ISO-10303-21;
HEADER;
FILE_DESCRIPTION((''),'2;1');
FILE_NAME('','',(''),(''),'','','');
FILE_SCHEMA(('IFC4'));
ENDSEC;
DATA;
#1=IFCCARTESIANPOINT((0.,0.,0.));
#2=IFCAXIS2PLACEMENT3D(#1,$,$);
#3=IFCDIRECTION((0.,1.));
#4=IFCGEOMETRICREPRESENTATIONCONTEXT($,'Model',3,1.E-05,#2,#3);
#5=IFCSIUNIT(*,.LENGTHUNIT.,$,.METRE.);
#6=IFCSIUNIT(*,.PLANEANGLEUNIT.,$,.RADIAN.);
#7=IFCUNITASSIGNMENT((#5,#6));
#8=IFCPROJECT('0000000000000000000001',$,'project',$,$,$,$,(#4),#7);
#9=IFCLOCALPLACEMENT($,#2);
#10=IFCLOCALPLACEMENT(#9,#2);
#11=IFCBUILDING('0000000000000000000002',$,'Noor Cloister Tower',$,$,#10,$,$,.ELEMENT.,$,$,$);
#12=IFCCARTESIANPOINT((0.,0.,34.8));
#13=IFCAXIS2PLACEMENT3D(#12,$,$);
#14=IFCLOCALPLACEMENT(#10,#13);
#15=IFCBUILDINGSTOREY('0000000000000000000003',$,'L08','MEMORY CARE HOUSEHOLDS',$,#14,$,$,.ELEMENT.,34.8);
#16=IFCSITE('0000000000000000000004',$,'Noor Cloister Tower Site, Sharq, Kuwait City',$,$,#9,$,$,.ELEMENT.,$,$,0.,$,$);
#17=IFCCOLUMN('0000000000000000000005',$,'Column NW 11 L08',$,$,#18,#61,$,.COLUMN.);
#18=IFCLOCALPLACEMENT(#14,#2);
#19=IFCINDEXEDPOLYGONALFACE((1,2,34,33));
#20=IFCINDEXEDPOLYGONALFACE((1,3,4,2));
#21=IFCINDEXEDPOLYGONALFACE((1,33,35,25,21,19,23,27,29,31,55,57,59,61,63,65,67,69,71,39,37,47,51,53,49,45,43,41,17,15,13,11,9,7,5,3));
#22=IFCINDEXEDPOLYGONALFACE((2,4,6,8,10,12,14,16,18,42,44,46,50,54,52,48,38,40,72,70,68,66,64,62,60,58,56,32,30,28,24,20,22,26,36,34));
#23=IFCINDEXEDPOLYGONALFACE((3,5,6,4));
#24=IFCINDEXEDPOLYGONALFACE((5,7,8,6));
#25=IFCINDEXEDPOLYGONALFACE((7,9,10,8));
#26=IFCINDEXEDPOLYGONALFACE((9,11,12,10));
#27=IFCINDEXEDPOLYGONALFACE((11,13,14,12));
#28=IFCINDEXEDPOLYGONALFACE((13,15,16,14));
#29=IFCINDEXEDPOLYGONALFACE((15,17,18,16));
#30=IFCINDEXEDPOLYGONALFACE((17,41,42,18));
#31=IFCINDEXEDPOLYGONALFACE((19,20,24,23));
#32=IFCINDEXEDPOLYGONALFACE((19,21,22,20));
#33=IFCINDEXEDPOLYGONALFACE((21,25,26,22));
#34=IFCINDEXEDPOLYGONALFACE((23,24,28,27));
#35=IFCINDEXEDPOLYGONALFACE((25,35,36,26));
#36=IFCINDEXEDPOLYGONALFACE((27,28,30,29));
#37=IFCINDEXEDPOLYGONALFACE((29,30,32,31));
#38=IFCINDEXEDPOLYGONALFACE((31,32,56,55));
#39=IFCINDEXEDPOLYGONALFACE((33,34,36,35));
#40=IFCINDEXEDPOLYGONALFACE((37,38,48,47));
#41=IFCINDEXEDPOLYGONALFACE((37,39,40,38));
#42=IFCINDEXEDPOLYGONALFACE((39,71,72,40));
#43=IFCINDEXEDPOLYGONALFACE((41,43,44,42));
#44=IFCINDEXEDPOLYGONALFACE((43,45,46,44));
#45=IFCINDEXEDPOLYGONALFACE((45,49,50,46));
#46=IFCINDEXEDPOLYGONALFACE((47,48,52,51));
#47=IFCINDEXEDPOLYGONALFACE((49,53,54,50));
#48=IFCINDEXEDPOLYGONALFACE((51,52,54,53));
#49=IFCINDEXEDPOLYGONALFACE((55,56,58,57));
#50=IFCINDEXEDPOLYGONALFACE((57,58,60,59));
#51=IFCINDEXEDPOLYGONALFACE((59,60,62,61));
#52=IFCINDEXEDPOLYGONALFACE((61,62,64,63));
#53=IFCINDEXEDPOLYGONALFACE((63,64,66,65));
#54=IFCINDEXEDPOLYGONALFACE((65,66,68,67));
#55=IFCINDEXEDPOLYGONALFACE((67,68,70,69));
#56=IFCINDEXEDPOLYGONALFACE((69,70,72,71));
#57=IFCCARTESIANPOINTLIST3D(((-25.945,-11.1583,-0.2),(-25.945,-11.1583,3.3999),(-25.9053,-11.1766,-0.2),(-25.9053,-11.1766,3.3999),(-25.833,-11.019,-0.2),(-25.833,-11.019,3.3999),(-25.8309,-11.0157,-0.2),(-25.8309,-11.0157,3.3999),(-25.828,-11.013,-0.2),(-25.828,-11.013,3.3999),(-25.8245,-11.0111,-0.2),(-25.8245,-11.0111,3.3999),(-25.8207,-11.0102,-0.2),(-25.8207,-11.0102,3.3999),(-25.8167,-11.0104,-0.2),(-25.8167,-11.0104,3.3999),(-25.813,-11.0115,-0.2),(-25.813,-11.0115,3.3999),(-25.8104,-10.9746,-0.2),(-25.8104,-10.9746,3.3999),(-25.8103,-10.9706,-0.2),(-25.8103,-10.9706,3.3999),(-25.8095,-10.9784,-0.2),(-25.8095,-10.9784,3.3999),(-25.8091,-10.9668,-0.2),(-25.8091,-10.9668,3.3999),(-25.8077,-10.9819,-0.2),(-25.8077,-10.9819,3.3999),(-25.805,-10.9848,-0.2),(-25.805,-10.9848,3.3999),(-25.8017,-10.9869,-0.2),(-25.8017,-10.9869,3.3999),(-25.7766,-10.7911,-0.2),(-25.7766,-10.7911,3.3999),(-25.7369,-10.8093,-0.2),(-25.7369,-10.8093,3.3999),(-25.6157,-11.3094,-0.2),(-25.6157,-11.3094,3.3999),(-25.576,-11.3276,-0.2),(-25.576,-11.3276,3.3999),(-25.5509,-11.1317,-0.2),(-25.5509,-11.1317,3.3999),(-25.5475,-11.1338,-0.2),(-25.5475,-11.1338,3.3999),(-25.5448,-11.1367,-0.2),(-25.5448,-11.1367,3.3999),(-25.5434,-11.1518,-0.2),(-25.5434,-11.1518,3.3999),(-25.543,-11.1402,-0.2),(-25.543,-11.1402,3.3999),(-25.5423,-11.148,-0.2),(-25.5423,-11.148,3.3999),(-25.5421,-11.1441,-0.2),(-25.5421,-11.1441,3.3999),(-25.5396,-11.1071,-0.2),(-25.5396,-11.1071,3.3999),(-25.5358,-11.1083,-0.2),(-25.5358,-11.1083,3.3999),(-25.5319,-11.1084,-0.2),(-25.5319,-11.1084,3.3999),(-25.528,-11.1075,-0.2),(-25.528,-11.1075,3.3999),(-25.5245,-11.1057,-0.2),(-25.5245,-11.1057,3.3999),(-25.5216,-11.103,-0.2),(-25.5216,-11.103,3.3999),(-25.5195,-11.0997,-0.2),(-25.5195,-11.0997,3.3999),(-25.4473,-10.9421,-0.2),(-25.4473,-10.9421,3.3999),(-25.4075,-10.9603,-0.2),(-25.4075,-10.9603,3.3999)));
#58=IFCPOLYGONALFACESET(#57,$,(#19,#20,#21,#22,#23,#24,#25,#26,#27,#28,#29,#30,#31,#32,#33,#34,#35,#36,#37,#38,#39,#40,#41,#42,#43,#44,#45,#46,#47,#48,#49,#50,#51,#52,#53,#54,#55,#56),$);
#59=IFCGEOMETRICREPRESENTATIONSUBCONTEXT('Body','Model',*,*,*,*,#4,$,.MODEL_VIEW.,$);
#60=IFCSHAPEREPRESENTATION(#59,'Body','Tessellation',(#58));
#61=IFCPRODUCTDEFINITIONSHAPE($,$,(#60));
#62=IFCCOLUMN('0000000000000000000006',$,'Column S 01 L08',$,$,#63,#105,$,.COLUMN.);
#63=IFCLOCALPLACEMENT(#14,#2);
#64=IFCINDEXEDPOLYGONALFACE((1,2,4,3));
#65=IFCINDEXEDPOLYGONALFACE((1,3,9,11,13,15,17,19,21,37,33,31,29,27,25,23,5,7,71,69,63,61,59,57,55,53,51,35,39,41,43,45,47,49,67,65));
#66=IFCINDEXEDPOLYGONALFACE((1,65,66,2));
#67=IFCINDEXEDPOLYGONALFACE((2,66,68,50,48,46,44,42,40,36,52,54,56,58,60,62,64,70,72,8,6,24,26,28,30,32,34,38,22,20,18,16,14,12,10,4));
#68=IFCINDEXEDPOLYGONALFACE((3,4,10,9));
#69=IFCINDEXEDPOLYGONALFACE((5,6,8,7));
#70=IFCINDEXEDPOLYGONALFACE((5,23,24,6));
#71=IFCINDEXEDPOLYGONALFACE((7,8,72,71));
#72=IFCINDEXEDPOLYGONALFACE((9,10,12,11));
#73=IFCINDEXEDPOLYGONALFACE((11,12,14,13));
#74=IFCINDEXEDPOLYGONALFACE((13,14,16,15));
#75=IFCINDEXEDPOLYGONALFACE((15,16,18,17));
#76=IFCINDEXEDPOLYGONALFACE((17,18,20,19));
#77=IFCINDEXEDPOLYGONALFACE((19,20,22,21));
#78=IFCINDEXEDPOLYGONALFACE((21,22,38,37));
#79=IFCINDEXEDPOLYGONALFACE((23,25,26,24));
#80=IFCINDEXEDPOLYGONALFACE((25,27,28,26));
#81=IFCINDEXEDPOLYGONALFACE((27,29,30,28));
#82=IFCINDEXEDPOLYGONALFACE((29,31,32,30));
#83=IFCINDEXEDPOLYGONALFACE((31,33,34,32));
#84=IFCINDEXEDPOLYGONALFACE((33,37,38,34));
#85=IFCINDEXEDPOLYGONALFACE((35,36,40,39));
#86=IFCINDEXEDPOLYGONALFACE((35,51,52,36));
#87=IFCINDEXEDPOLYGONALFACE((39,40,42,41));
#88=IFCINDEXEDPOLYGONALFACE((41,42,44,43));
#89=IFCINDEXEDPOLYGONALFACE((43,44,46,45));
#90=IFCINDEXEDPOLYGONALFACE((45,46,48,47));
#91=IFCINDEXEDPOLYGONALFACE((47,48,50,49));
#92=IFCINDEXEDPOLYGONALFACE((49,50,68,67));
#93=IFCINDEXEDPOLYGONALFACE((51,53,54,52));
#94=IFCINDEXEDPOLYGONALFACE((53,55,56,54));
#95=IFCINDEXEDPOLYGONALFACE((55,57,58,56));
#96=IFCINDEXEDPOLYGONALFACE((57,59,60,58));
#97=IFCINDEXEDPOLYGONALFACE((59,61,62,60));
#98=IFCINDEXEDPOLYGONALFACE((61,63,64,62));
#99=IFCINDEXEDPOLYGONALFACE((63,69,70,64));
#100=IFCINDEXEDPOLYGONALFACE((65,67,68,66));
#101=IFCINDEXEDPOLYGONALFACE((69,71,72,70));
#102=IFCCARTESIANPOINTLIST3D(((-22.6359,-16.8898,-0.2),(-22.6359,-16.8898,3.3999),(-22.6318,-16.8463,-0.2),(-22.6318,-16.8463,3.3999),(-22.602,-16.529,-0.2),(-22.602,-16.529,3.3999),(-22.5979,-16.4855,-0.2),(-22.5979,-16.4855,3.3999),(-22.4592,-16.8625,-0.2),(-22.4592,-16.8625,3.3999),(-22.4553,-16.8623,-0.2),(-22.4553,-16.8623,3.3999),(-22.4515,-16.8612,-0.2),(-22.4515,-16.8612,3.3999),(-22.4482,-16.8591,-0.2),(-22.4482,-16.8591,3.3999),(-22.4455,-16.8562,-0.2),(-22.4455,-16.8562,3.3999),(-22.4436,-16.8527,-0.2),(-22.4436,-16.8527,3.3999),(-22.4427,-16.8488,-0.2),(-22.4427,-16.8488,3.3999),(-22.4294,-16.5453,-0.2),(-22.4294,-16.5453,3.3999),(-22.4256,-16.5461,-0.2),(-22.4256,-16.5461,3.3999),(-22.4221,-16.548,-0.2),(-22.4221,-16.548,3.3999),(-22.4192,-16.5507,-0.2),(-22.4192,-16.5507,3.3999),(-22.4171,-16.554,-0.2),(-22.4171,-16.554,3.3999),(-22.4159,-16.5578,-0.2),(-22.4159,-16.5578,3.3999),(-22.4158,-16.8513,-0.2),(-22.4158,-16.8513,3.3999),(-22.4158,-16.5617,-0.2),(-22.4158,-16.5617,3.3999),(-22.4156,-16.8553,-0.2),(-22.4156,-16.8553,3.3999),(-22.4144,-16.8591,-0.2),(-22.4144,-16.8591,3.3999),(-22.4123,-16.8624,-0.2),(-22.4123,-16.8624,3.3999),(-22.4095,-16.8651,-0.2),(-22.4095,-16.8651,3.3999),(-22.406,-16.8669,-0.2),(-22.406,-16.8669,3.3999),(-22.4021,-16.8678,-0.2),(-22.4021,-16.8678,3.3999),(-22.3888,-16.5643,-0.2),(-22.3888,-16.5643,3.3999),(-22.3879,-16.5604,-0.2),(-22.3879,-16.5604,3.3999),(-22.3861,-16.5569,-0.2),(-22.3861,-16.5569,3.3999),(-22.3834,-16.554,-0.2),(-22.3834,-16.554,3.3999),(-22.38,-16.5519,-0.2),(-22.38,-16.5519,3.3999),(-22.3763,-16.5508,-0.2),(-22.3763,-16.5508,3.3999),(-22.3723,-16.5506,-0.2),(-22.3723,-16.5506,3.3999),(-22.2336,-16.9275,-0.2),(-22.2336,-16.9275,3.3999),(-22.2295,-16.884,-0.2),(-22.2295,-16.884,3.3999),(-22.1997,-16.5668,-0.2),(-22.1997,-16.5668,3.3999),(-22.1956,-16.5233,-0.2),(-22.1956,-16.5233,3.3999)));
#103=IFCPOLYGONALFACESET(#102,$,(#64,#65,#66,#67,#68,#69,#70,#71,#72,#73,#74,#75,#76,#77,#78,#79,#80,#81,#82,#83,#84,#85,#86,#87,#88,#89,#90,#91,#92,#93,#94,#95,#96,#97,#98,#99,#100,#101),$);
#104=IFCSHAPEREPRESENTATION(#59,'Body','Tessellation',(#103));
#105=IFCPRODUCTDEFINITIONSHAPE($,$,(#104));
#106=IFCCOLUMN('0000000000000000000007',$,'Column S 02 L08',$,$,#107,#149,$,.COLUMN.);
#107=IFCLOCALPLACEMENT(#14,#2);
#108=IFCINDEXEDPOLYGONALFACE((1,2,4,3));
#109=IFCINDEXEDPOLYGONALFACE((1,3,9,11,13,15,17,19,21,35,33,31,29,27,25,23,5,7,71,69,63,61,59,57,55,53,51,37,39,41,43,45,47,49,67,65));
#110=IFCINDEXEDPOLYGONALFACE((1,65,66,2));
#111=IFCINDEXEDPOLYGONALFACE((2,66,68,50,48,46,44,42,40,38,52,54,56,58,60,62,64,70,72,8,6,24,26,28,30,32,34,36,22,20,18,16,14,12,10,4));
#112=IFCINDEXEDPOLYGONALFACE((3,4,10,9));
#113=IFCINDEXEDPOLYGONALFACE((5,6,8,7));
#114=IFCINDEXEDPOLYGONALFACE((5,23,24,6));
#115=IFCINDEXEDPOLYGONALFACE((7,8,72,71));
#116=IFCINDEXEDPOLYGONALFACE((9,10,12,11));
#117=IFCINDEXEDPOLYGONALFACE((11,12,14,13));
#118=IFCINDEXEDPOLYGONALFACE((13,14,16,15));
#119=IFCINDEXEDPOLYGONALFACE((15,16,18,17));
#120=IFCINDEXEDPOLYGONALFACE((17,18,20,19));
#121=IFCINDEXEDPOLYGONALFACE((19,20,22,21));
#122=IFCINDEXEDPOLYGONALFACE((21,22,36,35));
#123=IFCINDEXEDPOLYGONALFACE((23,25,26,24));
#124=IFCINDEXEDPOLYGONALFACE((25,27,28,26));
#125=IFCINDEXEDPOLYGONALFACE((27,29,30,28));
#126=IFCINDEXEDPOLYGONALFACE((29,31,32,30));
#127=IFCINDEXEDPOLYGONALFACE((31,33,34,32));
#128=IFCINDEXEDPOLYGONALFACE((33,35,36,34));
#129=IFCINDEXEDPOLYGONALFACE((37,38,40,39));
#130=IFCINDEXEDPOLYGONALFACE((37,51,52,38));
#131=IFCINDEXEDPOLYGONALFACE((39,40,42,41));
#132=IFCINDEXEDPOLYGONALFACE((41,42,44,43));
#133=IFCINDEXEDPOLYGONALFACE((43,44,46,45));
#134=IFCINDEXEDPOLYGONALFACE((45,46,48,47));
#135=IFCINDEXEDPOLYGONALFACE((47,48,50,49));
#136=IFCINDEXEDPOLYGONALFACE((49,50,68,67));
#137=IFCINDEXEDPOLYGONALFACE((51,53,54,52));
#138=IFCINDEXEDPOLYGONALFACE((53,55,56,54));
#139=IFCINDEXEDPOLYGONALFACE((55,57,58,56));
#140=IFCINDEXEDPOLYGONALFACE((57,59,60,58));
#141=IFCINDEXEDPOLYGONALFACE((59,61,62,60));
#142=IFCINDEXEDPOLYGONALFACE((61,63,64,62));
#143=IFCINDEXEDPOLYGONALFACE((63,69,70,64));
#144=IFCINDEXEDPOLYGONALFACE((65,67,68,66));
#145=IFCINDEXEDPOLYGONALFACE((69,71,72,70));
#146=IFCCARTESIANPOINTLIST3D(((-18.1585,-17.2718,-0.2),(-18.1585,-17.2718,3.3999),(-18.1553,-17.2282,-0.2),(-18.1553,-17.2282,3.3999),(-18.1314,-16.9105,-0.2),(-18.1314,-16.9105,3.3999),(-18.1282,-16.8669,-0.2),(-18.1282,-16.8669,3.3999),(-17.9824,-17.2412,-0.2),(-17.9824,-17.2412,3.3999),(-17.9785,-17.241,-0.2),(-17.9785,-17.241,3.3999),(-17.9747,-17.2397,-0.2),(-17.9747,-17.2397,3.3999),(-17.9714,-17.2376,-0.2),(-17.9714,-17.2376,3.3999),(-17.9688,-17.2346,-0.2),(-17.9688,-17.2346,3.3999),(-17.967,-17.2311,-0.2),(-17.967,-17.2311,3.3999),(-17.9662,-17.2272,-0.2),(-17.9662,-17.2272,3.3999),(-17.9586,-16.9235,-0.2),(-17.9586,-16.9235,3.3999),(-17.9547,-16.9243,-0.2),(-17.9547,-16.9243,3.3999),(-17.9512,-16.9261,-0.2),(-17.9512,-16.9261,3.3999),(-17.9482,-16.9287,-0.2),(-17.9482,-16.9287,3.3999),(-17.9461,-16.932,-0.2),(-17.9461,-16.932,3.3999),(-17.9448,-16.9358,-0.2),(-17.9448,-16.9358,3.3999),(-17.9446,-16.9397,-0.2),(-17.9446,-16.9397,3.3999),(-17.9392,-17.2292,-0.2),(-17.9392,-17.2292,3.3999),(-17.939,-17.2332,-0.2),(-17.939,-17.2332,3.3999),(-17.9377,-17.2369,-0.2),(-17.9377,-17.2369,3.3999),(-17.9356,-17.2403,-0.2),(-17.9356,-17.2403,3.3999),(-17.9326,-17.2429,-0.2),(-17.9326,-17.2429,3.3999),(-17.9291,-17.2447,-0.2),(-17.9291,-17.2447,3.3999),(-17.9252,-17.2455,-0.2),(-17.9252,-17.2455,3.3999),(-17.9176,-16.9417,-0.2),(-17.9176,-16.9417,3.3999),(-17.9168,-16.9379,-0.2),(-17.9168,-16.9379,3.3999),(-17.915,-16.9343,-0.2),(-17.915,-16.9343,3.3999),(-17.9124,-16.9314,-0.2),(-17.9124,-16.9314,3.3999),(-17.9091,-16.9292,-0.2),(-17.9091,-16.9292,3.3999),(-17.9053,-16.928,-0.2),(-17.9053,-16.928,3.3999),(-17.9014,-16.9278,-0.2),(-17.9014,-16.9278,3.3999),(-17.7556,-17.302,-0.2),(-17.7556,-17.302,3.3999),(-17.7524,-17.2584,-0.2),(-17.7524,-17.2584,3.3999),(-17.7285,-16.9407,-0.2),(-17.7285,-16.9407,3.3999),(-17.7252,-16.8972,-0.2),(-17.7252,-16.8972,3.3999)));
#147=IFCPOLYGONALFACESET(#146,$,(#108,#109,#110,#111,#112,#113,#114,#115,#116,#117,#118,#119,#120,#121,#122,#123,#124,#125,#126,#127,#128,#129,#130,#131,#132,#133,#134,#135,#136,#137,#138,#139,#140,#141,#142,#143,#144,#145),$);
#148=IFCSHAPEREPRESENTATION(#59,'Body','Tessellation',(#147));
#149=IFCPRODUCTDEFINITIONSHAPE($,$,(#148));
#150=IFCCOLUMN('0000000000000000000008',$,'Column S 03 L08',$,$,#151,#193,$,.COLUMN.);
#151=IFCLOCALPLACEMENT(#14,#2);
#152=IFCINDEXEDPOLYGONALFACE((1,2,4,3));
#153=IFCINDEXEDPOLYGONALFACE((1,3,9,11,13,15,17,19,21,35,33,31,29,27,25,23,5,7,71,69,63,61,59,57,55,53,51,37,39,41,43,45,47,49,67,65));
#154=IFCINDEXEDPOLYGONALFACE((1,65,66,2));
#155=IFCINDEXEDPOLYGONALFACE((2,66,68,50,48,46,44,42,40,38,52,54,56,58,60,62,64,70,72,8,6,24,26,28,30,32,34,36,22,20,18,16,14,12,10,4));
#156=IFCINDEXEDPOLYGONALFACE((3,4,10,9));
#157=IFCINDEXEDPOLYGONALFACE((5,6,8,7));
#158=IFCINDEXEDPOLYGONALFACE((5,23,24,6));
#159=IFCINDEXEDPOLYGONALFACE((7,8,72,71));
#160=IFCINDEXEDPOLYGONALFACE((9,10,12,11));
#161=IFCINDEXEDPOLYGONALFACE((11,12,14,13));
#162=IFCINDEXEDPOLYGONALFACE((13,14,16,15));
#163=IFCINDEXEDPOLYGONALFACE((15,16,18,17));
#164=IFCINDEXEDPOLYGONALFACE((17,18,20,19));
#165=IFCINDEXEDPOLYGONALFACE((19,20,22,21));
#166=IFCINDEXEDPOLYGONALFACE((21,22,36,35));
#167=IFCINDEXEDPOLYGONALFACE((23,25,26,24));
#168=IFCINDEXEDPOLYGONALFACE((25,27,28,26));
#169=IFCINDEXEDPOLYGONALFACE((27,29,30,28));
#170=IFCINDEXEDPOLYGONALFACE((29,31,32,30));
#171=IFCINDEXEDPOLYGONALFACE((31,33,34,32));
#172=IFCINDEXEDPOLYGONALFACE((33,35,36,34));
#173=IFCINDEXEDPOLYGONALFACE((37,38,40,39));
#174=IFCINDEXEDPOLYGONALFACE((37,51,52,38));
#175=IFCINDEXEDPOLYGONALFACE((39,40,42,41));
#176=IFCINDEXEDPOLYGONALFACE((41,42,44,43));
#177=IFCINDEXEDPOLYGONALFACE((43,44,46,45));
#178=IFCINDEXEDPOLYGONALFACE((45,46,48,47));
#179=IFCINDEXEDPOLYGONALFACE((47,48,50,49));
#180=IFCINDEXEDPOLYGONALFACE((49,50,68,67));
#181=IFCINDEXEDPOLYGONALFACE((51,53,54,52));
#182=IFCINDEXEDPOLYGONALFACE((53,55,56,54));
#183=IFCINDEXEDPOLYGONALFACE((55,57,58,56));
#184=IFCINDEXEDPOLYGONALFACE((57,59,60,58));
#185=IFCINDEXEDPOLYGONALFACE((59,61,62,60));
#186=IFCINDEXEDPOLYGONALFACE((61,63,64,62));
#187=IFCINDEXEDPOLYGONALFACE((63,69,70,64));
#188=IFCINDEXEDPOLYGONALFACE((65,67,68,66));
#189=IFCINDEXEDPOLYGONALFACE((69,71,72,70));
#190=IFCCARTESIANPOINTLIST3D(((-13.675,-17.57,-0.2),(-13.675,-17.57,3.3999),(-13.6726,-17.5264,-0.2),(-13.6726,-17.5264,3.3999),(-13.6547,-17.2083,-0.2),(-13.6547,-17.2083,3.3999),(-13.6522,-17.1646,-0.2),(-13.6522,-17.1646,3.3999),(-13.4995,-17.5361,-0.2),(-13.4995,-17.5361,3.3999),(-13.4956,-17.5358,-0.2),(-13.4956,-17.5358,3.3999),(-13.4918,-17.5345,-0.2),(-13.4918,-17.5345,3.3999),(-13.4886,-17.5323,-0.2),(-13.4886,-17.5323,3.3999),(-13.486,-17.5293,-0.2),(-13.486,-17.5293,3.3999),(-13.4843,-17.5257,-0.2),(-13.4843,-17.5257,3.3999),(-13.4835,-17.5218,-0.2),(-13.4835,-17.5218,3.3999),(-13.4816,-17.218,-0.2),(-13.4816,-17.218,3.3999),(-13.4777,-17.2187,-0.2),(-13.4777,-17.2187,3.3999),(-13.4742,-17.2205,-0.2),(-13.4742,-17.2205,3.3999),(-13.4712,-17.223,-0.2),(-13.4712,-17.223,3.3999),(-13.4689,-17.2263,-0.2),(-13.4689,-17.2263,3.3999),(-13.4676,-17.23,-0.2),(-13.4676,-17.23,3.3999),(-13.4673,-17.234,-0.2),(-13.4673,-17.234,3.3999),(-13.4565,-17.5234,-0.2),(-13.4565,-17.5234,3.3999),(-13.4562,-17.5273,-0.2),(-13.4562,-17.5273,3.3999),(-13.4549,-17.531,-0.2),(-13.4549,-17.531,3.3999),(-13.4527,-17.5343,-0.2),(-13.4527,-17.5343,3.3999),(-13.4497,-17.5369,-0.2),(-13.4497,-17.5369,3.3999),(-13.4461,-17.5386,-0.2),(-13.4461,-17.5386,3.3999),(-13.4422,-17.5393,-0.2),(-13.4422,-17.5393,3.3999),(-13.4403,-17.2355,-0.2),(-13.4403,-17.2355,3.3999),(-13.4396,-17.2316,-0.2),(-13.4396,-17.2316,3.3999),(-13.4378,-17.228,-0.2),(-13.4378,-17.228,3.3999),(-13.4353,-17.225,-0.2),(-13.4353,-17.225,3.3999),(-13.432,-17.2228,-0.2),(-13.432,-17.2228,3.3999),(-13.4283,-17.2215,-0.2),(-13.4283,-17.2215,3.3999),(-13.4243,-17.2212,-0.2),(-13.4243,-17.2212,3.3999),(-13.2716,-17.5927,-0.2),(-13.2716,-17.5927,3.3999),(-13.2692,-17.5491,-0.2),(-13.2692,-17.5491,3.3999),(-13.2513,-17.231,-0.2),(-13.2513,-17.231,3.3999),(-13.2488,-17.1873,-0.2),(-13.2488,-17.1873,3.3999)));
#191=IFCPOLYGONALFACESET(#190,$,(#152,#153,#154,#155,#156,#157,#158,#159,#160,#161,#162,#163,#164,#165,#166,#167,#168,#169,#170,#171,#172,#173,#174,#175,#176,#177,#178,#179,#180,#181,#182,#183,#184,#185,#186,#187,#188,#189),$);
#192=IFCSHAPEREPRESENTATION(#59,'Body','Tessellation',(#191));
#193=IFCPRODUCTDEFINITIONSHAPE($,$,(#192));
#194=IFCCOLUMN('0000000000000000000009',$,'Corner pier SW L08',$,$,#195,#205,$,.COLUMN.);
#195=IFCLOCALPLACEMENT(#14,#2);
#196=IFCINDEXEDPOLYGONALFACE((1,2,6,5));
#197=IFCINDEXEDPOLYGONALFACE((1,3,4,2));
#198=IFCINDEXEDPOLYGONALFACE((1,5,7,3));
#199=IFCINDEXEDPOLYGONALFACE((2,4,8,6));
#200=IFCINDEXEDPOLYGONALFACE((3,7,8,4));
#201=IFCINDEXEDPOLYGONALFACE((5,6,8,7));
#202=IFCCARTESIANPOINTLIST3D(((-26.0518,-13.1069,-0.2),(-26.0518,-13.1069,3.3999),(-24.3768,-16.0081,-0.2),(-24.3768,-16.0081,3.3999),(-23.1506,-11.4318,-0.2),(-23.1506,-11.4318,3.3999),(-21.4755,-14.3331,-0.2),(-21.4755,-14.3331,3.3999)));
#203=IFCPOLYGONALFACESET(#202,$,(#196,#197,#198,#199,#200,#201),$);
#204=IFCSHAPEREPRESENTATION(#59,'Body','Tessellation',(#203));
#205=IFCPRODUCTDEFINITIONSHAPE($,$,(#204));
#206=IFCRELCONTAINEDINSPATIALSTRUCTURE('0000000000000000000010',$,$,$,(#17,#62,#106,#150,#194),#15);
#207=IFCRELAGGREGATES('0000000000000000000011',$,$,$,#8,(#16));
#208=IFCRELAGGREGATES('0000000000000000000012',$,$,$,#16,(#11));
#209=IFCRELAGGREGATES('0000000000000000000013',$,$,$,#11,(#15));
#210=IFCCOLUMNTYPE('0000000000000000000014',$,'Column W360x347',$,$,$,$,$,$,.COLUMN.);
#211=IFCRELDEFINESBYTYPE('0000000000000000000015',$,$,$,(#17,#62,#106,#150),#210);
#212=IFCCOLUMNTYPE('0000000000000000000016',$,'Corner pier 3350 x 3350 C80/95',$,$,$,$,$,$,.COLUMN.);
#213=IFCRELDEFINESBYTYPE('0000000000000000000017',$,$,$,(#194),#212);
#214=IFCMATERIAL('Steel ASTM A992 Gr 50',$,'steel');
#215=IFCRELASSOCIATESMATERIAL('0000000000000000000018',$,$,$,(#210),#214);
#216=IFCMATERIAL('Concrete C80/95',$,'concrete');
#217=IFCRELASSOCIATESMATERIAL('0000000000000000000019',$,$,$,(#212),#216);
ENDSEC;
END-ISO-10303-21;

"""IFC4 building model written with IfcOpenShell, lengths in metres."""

from ifc_helpers import new_model, si_unit, direction, frame, origin, origin_2d, place, context, subcontext, project, spatial, rectangle, i_section, extrude, material, material_profile, profile_set, type_object, element, save


model = new_model("IFC4")

# Units and contexts
model_context = context("Model", 3, precision=1e-05, world=origin(), true_north=direction((0.0, 1.0)))
body_context = subcontext(model_context, "Body", "Model", "MODEL_VIEW")
ifc_project = project(units=[si_unit("LENGTHUNIT", "METRE"), si_unit("PLANEANGLEUNIT", "RADIAN")], contexts=[model_context])

# Site, building, storey
site_placement = place(None, origin())
site = spatial("IfcSite", under=ifc_project, at=site_placement, Name="Noor Cloister Tower Site, Sharq, Kuwait City", CompositionType="ELEMENT", RefElevation=0.0)
building_placement = place(site_placement, origin())
building = spatial("IfcBuilding", under=site, at=building_placement, Name="Noor Cloister Tower", CompositionType="ELEMENT")
storey_placement = place(building_placement, frame((0.0, 0.0, 34.8)))
storey = spatial("IfcBuildingStorey", under=building, at=storey_placement, Name="L08", Description="MEMORY CARE HOUSEHOLDS", CompositionType="ELEMENT", Elevation=34.8)

# Columns
ifc_material_1 = material(Name="Steel ASTM A992 Gr 50", Category="steel")
ifc_material_profile_1 = material_profile(ifc_material_1, i_section(OverallWidth=0.4041, OverallDepth=0.406, WebThickness=0.0271, FlangeThickness=0.0437, FilletRadius=0.0151, at=origin_2d()), Name="W360x347")
ifc_profile_set_1 = profile_set([ifc_material_profile_1], Name="Steel ASTM A992 Gr 50")
column_type_1 = type_object("IfcColumnType", Name="Column W360x347", PredefinedType="COLUMN", material=ifc_profile_set_1)
for number, where, z_axis, x_axis, name in (
    (1, (-25.6763, -11.0593, -0.2), (0.0, 0.0, 1.0), (-0.416836, -0.908982, 0.0), "Column NW 11 L08"),
    (2, (-22.4158, -16.7065, -0.2), (0.0, 0.0, 1.0), (0.995619, -0.0935, 0.0), "Column S 01 L08"),
    (3, (-17.9419, -17.0845, -0.2), (0.0, 0.0, 1.0), (0.997196, -0.07484, 0.0), "Column S 02 L08"),
    (4, (-13.4619, -17.3787, -0.2), (0.0, 0.0, 1.0), (0.998422, -0.056153, 0.0), "Column S 03 L08"),
):
    element("IfcColumn", number, at=place(storey_placement, frame(where, z_axis=z_axis, x_axis=x_axis)), inside=storey, type_object=column_type_1, Name=name, PredefinedType="COLUMN", context=body_context, shape_type="SweptSolid", body=[
        extrude(i_section(OverallWidth=0.4041, OverallDepth=0.406, WebThickness=0.0271, FlangeThickness=0.0437, FilletRadius=0.0151, at=origin_2d()), origin(), (0.0, 0.0, 1.0), 3.5999),
    ])
ifc_material_2 = material(Name="Concrete C80/95", Category="concrete")
ifc_material_profile_2 = material_profile(ifc_material_2, rectangle(XDim=3.3501, YDim=3.3501, at=origin_2d()), Name="RC 3350x3350")
ifc_profile_set_2 = profile_set([ifc_material_profile_2], Name="Concrete C80/95")
column_type_2 = type_object("IfcColumnType", Name="Corner pier 3350 x 3350 C80/95", PredefinedType="COLUMN", material=ifc_profile_set_2)
column_placement = place(storey_placement, frame((-23.7637, -13.72, -0.2), z_axis=(0.0, 0.0, 1.0), x_axis=(-0.866025, -0.5, 0.0)))
element("IfcColumn", 5, at=column_placement, inside=storey, type_object=column_type_2, Name="Corner pier SW L08", PredefinedType="COLUMN", context=body_context, shape_type="SweptSolid", body=[
    extrude(rectangle(XDim=3.3501, YDim=3.3501, at=origin_2d()), origin(), (0.0, 0.0, 1.0), 3.5999),
])

save(model, "model.ifc")
